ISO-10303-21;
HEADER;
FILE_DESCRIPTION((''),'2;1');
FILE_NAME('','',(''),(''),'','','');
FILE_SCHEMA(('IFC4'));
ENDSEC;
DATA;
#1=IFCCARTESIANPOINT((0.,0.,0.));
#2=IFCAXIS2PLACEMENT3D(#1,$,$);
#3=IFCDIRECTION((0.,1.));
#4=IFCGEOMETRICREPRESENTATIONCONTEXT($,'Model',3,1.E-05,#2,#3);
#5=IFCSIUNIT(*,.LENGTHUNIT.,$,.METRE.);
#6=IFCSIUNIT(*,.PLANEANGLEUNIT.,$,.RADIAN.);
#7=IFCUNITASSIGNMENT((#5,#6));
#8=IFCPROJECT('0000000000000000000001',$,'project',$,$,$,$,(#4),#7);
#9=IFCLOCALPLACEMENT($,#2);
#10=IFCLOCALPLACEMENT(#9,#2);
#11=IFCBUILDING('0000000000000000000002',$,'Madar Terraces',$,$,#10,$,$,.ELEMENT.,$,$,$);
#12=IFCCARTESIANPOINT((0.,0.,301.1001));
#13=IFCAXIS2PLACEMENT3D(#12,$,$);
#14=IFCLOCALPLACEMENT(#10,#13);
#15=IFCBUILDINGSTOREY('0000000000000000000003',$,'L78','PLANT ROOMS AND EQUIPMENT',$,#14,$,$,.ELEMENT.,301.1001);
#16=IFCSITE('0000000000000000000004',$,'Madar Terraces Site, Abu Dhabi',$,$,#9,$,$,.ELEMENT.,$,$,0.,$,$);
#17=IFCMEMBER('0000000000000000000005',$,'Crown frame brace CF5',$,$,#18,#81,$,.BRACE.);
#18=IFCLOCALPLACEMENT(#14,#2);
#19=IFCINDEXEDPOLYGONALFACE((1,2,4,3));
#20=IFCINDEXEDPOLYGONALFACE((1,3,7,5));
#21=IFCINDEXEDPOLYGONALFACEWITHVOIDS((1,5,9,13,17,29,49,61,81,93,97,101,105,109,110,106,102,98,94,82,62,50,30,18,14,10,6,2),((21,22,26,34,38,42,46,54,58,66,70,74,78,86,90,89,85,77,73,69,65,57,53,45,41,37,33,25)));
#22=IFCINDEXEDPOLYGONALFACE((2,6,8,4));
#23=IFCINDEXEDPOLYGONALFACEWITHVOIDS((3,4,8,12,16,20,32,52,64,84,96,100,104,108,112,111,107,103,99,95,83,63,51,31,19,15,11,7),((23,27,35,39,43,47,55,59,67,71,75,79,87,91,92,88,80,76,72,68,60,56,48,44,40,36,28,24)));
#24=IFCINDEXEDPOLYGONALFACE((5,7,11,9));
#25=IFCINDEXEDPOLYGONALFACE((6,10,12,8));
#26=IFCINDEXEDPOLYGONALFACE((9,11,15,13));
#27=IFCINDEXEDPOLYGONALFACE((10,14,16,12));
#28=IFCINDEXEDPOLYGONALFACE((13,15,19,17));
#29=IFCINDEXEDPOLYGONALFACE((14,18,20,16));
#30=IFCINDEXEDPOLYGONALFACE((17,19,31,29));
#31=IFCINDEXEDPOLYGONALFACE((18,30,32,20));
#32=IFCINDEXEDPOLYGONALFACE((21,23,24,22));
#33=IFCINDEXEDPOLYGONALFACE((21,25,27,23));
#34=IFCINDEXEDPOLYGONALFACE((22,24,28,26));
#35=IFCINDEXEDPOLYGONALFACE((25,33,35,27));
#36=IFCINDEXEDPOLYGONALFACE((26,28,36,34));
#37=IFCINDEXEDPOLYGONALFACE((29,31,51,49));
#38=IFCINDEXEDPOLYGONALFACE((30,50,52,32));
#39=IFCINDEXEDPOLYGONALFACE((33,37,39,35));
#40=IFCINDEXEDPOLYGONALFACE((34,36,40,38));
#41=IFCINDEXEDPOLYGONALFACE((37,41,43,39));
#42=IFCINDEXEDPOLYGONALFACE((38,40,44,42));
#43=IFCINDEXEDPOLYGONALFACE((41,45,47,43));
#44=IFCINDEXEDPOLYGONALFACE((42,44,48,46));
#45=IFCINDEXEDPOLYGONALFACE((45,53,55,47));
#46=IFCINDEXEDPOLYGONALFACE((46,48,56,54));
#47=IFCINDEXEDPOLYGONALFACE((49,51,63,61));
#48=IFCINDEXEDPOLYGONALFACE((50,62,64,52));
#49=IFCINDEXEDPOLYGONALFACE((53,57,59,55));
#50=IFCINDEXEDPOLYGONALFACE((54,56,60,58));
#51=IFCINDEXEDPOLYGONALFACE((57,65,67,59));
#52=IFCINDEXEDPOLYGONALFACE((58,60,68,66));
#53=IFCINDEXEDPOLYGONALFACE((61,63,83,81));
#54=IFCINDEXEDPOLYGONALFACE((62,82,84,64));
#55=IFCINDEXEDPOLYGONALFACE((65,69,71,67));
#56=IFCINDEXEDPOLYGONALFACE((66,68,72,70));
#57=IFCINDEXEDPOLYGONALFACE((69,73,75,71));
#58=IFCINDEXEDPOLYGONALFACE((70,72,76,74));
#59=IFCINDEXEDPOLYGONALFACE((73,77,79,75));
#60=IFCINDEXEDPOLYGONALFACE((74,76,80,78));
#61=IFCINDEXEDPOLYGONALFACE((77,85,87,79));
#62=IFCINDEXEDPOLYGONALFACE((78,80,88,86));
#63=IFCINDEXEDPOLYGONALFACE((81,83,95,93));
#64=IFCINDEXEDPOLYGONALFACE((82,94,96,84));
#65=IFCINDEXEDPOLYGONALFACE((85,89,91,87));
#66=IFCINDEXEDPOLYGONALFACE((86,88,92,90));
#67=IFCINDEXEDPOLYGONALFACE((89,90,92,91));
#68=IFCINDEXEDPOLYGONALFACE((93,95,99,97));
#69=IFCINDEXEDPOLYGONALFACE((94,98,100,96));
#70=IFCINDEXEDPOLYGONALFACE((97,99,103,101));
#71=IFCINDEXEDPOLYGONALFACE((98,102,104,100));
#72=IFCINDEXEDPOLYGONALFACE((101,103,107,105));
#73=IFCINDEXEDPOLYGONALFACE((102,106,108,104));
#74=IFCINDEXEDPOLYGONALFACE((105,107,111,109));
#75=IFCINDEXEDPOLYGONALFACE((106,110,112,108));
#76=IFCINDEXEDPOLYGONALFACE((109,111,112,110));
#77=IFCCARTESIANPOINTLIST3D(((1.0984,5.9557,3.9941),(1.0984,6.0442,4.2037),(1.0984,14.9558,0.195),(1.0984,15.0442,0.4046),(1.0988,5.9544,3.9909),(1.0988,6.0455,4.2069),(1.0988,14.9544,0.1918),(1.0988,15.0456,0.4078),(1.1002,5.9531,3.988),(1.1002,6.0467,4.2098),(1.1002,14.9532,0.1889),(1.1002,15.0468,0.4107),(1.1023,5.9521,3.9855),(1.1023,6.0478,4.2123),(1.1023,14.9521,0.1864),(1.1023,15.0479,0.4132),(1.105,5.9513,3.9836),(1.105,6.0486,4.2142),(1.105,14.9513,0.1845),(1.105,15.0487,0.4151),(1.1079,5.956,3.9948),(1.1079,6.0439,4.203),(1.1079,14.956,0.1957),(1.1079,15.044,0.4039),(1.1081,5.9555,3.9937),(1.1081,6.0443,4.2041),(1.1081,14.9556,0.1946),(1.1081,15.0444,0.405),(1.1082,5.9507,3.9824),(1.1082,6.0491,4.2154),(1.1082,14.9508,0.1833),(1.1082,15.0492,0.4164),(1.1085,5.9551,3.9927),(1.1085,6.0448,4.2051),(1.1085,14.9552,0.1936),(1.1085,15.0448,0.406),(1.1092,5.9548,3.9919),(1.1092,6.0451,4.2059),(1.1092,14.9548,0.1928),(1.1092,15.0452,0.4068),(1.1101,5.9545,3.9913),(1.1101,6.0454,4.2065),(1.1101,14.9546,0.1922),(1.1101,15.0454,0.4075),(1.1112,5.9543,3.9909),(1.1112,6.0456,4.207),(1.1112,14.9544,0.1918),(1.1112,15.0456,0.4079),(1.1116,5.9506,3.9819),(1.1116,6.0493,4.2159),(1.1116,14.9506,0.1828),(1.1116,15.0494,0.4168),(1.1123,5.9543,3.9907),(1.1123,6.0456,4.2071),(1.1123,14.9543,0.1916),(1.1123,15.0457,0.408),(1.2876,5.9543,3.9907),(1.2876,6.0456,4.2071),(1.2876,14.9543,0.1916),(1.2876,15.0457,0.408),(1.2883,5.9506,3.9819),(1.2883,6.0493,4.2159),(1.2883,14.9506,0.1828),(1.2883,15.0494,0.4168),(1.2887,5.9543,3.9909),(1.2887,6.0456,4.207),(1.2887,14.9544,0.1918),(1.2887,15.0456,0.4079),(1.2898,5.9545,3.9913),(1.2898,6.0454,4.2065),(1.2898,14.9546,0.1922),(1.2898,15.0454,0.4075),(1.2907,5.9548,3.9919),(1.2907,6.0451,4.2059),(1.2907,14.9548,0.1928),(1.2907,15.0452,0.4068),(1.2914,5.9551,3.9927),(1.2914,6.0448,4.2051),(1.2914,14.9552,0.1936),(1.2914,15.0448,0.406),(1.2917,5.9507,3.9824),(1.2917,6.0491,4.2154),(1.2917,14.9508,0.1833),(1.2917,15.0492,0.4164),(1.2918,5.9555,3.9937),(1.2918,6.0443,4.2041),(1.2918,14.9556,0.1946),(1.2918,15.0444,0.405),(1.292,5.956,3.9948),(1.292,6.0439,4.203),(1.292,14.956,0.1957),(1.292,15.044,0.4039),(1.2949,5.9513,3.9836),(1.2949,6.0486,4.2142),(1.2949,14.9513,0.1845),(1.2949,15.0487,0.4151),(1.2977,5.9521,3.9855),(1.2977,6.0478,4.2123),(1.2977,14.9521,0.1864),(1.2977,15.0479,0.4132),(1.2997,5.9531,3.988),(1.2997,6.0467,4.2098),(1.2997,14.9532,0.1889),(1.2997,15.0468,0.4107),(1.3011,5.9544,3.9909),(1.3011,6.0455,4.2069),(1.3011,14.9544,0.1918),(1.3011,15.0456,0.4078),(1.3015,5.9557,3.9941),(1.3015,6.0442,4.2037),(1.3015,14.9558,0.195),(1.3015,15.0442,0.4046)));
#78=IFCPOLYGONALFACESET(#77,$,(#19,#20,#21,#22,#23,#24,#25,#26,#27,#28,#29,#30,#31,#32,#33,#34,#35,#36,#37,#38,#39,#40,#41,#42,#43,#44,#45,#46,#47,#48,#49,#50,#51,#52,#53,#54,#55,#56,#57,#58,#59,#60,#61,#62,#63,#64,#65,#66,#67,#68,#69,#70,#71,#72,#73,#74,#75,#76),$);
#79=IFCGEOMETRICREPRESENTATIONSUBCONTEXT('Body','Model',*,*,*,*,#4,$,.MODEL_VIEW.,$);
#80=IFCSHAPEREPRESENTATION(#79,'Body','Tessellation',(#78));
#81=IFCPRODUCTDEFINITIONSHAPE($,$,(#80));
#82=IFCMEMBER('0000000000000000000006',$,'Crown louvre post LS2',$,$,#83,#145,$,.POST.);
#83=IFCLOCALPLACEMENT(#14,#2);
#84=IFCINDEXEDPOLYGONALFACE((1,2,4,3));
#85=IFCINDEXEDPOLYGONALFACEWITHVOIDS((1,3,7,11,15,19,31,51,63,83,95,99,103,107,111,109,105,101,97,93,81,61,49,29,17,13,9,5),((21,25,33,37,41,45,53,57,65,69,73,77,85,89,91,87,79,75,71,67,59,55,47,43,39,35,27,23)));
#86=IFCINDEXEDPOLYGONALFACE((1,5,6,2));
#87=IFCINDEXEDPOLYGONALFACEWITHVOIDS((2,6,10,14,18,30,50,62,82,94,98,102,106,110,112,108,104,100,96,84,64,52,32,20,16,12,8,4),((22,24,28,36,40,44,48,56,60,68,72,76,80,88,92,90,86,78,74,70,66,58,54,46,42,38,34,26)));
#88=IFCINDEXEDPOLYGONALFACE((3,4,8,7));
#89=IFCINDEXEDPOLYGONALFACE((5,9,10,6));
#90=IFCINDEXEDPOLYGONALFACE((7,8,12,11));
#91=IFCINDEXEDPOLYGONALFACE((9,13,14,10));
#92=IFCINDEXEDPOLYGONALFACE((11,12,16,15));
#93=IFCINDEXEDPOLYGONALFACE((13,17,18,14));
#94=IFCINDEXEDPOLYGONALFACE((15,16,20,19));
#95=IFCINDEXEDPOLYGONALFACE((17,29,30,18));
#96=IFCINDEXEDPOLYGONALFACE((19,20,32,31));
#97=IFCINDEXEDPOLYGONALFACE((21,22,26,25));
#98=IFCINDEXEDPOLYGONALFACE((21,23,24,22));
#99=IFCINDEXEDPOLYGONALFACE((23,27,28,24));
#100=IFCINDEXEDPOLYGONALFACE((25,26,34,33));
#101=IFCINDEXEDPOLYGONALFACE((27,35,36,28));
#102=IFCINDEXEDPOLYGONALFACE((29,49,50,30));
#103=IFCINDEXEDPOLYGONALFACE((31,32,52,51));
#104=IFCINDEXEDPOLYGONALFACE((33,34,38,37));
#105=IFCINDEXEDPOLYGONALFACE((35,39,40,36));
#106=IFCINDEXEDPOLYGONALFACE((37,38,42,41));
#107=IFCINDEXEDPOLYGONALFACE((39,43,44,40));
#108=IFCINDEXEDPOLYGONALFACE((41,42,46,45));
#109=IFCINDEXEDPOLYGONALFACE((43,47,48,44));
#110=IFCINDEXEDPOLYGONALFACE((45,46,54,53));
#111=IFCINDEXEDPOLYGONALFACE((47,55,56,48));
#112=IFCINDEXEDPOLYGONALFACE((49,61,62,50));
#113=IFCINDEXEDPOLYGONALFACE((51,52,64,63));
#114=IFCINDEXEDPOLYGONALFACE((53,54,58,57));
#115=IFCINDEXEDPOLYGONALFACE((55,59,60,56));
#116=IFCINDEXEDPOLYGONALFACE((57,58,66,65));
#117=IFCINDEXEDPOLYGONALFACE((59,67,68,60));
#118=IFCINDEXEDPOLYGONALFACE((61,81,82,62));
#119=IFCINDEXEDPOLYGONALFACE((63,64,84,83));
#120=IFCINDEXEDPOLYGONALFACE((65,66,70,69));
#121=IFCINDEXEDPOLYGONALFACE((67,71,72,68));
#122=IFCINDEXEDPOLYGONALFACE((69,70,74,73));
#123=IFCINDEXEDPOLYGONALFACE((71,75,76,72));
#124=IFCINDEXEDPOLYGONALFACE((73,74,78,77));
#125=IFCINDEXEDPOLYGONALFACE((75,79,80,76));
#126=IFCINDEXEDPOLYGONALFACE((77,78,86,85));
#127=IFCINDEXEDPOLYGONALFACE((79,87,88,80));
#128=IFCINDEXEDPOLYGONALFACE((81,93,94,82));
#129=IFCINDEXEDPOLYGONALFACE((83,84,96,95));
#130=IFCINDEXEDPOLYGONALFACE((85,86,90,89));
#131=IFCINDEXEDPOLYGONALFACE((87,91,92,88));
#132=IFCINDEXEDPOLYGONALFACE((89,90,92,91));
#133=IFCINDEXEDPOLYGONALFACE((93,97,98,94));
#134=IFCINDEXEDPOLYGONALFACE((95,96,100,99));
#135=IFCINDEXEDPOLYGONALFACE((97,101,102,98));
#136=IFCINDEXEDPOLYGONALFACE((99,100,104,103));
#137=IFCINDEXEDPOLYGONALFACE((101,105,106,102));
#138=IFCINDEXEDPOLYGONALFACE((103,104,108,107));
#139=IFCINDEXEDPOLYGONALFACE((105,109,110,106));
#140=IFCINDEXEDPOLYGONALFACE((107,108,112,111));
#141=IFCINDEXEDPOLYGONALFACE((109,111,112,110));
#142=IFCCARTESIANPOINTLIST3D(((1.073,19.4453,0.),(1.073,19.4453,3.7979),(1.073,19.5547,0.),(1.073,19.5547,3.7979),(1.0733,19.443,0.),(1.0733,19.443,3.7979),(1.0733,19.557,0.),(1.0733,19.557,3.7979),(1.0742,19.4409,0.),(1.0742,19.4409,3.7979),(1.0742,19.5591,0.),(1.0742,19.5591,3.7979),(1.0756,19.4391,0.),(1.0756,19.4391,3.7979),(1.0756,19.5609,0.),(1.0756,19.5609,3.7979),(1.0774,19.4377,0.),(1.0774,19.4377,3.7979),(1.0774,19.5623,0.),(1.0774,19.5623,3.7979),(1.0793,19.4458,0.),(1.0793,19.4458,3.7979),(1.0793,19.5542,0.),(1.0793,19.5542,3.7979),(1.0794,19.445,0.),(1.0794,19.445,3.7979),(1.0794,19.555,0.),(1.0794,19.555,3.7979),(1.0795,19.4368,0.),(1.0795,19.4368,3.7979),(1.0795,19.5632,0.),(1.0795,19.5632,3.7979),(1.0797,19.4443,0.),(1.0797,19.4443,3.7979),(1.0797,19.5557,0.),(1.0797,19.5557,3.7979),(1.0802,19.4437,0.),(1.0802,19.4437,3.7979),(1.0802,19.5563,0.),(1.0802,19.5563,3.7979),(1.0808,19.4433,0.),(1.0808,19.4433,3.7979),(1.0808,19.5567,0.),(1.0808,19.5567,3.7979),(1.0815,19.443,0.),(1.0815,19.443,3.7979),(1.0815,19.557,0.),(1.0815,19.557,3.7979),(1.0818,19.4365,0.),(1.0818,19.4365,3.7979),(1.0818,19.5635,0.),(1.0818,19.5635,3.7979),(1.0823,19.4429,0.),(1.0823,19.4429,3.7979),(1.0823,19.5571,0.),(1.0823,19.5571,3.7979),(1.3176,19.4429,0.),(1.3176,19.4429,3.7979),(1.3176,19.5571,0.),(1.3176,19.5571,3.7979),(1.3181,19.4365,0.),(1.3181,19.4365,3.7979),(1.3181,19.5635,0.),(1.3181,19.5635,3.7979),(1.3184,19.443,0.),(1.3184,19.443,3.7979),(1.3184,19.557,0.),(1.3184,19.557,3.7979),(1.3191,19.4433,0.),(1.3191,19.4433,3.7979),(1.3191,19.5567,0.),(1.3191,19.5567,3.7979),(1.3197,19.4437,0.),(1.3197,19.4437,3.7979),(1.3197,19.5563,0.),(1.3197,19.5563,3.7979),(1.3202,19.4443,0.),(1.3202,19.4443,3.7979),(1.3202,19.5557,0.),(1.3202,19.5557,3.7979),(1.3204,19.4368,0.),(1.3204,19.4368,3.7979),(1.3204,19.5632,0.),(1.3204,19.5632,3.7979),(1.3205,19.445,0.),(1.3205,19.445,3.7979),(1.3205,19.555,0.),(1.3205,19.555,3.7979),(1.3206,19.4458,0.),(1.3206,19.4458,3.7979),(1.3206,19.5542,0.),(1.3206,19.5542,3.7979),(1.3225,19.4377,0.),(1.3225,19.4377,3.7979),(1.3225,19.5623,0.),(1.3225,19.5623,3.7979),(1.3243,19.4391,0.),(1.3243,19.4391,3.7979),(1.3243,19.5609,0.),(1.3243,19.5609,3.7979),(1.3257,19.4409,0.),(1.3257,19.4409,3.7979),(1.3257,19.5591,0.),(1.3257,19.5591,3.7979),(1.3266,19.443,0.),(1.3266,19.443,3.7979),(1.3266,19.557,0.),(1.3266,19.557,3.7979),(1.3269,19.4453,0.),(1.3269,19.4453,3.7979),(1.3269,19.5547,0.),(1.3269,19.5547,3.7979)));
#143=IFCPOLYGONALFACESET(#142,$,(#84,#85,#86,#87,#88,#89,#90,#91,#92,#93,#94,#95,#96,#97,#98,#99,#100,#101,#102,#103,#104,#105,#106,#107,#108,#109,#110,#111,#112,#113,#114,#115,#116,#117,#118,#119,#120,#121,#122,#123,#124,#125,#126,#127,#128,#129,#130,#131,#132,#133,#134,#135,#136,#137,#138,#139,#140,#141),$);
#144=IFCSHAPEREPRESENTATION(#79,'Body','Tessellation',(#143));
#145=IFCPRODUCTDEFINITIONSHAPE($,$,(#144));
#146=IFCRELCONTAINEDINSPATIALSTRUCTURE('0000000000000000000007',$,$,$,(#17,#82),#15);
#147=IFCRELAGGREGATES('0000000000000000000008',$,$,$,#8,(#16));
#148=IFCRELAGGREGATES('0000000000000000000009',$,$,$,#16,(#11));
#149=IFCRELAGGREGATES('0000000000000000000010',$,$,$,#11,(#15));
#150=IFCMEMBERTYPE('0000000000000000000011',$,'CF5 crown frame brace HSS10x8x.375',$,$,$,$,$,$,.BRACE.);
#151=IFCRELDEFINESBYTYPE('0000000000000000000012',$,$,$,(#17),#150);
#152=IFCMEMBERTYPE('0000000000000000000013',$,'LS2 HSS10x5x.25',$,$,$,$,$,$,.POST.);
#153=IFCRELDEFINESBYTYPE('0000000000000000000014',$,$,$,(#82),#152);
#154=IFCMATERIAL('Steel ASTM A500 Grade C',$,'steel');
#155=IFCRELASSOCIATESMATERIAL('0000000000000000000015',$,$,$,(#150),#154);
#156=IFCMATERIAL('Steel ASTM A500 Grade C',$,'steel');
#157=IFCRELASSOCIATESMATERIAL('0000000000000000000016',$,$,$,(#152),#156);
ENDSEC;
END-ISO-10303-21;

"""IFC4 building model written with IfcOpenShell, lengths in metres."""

from ifc_helpers import new_model, si_unit, direction, frame, origin, origin_2d, place, context, subcontext, project, spatial, hollow_rectangle, extrude, material, material_profile, profile_set, type_object, element, save


model = new_model("IFC4")

# Units and contexts
model_context = context("Model", 3, precision=1e-05, world=origin(), true_north=direction((0.0, 1.0)))
body_context = subcontext(model_context, "Body", "Model", "MODEL_VIEW")
ifc_project = project(units=[si_unit("LENGTHUNIT", "METRE"), si_unit("PLANEANGLEUNIT", "RADIAN")], contexts=[model_context])

# Site, building, storey
site_placement = place(None, origin())
site = spatial("IfcSite", under=ifc_project, at=site_placement, Name="Madar Terraces Site, Abu Dhabi", CompositionType="ELEMENT", RefElevation=0.0)
building_placement = place(site_placement, origin())
building = spatial("IfcBuilding", under=site, at=building_placement, Name="Madar Terraces", CompositionType="ELEMENT")
storey_placement = place(building_placement, frame((0.0, 0.0, 301.1001)))
storey = spatial("IfcBuildingStorey", under=building, at=storey_placement, Name="L78", Description="PLANT ROOMS AND EQUIPMENT", CompositionType="ELEMENT", Elevation=301.1001)

# Members
ifc_material_1 = material(Name="Steel ASTM A500 Grade C", Category="steel")
ifc_material_profile_1 = material_profile(ifc_material_1, hollow_rectangle(XDim=0.2031, YDim=0.2539, WallThickness=0.0095, InnerFilletRadius=0.0044, OuterFilletRadius=0.0132, at=origin_2d()), Name="HSS10x8x.375")
ifc_profile_set_1 = profile_set([ifc_material_profile_1], Name="Steel ASTM A500 Grade C")
member_type_1 = type_object("IfcMemberType", Name="CF5 crown frame brace HSS10x8x.375", PredefinedType="BRACE", material=ifc_profile_set_1)
member_1_placement = place(storey_placement, frame((1.2, 15.0, 0.2998), z_axis=(0.0, -0.921284, 0.388891), x_axis=(1.0, 0.0, 0.0)))
element("IfcMember", 1, at=member_1_placement, inside=storey, type_object=member_type_1, Name="Crown frame brace CF5", PredefinedType="BRACE", context=body_context, shape_type="SweptSolid", body=[
    extrude(hollow_rectangle(XDim=0.2031, YDim=0.2539, WallThickness=0.0095, InnerFilletRadius=0.0044, OuterFilletRadius=0.0132, at=origin_2d()), origin(), (0.0, 0.0, 1.0), 9.769),
])
ifc_material_2 = material(Name="Steel ASTM A500 Grade C", Category="steel")
ifc_material_profile_2 = material_profile(ifc_material_2, hollow_rectangle(XDim=0.127, YDim=0.2539, WallThickness=0.0063, InnerFilletRadius=0.0029, OuterFilletRadius=0.0088, at=origin_2d()), Name="HSS10x5x.25")
ifc_profile_set_2 = profile_set([ifc_material_profile_2], Name="Steel ASTM A500 Grade C")
member_type_2 = type_object("IfcMemberType", Name="LS2 HSS10x5x.25", PredefinedType="POST", material=ifc_profile_set_2)
member_2_placement = place(storey_placement, frame((1.2, 19.5, 0.0), z_axis=(0.0, 0.0, 1.0), x_axis=(0.0, -1.0, 0.0)))
element("IfcMember", 2, at=member_2_placement, inside=storey, type_object=member_type_2, Name="Crown louvre post LS2", PredefinedType="POST", context=body_context, shape_type="SweptSolid", body=[
    extrude(hollow_rectangle(XDim=0.127, YDim=0.2539, WallThickness=0.0063, InnerFilletRadius=0.0029, OuterFilletRadius=0.0088, at=origin_2d()), origin(), (0.0, 0.0, 1.0), 3.7979),
])

save(model, "model.ifc")
